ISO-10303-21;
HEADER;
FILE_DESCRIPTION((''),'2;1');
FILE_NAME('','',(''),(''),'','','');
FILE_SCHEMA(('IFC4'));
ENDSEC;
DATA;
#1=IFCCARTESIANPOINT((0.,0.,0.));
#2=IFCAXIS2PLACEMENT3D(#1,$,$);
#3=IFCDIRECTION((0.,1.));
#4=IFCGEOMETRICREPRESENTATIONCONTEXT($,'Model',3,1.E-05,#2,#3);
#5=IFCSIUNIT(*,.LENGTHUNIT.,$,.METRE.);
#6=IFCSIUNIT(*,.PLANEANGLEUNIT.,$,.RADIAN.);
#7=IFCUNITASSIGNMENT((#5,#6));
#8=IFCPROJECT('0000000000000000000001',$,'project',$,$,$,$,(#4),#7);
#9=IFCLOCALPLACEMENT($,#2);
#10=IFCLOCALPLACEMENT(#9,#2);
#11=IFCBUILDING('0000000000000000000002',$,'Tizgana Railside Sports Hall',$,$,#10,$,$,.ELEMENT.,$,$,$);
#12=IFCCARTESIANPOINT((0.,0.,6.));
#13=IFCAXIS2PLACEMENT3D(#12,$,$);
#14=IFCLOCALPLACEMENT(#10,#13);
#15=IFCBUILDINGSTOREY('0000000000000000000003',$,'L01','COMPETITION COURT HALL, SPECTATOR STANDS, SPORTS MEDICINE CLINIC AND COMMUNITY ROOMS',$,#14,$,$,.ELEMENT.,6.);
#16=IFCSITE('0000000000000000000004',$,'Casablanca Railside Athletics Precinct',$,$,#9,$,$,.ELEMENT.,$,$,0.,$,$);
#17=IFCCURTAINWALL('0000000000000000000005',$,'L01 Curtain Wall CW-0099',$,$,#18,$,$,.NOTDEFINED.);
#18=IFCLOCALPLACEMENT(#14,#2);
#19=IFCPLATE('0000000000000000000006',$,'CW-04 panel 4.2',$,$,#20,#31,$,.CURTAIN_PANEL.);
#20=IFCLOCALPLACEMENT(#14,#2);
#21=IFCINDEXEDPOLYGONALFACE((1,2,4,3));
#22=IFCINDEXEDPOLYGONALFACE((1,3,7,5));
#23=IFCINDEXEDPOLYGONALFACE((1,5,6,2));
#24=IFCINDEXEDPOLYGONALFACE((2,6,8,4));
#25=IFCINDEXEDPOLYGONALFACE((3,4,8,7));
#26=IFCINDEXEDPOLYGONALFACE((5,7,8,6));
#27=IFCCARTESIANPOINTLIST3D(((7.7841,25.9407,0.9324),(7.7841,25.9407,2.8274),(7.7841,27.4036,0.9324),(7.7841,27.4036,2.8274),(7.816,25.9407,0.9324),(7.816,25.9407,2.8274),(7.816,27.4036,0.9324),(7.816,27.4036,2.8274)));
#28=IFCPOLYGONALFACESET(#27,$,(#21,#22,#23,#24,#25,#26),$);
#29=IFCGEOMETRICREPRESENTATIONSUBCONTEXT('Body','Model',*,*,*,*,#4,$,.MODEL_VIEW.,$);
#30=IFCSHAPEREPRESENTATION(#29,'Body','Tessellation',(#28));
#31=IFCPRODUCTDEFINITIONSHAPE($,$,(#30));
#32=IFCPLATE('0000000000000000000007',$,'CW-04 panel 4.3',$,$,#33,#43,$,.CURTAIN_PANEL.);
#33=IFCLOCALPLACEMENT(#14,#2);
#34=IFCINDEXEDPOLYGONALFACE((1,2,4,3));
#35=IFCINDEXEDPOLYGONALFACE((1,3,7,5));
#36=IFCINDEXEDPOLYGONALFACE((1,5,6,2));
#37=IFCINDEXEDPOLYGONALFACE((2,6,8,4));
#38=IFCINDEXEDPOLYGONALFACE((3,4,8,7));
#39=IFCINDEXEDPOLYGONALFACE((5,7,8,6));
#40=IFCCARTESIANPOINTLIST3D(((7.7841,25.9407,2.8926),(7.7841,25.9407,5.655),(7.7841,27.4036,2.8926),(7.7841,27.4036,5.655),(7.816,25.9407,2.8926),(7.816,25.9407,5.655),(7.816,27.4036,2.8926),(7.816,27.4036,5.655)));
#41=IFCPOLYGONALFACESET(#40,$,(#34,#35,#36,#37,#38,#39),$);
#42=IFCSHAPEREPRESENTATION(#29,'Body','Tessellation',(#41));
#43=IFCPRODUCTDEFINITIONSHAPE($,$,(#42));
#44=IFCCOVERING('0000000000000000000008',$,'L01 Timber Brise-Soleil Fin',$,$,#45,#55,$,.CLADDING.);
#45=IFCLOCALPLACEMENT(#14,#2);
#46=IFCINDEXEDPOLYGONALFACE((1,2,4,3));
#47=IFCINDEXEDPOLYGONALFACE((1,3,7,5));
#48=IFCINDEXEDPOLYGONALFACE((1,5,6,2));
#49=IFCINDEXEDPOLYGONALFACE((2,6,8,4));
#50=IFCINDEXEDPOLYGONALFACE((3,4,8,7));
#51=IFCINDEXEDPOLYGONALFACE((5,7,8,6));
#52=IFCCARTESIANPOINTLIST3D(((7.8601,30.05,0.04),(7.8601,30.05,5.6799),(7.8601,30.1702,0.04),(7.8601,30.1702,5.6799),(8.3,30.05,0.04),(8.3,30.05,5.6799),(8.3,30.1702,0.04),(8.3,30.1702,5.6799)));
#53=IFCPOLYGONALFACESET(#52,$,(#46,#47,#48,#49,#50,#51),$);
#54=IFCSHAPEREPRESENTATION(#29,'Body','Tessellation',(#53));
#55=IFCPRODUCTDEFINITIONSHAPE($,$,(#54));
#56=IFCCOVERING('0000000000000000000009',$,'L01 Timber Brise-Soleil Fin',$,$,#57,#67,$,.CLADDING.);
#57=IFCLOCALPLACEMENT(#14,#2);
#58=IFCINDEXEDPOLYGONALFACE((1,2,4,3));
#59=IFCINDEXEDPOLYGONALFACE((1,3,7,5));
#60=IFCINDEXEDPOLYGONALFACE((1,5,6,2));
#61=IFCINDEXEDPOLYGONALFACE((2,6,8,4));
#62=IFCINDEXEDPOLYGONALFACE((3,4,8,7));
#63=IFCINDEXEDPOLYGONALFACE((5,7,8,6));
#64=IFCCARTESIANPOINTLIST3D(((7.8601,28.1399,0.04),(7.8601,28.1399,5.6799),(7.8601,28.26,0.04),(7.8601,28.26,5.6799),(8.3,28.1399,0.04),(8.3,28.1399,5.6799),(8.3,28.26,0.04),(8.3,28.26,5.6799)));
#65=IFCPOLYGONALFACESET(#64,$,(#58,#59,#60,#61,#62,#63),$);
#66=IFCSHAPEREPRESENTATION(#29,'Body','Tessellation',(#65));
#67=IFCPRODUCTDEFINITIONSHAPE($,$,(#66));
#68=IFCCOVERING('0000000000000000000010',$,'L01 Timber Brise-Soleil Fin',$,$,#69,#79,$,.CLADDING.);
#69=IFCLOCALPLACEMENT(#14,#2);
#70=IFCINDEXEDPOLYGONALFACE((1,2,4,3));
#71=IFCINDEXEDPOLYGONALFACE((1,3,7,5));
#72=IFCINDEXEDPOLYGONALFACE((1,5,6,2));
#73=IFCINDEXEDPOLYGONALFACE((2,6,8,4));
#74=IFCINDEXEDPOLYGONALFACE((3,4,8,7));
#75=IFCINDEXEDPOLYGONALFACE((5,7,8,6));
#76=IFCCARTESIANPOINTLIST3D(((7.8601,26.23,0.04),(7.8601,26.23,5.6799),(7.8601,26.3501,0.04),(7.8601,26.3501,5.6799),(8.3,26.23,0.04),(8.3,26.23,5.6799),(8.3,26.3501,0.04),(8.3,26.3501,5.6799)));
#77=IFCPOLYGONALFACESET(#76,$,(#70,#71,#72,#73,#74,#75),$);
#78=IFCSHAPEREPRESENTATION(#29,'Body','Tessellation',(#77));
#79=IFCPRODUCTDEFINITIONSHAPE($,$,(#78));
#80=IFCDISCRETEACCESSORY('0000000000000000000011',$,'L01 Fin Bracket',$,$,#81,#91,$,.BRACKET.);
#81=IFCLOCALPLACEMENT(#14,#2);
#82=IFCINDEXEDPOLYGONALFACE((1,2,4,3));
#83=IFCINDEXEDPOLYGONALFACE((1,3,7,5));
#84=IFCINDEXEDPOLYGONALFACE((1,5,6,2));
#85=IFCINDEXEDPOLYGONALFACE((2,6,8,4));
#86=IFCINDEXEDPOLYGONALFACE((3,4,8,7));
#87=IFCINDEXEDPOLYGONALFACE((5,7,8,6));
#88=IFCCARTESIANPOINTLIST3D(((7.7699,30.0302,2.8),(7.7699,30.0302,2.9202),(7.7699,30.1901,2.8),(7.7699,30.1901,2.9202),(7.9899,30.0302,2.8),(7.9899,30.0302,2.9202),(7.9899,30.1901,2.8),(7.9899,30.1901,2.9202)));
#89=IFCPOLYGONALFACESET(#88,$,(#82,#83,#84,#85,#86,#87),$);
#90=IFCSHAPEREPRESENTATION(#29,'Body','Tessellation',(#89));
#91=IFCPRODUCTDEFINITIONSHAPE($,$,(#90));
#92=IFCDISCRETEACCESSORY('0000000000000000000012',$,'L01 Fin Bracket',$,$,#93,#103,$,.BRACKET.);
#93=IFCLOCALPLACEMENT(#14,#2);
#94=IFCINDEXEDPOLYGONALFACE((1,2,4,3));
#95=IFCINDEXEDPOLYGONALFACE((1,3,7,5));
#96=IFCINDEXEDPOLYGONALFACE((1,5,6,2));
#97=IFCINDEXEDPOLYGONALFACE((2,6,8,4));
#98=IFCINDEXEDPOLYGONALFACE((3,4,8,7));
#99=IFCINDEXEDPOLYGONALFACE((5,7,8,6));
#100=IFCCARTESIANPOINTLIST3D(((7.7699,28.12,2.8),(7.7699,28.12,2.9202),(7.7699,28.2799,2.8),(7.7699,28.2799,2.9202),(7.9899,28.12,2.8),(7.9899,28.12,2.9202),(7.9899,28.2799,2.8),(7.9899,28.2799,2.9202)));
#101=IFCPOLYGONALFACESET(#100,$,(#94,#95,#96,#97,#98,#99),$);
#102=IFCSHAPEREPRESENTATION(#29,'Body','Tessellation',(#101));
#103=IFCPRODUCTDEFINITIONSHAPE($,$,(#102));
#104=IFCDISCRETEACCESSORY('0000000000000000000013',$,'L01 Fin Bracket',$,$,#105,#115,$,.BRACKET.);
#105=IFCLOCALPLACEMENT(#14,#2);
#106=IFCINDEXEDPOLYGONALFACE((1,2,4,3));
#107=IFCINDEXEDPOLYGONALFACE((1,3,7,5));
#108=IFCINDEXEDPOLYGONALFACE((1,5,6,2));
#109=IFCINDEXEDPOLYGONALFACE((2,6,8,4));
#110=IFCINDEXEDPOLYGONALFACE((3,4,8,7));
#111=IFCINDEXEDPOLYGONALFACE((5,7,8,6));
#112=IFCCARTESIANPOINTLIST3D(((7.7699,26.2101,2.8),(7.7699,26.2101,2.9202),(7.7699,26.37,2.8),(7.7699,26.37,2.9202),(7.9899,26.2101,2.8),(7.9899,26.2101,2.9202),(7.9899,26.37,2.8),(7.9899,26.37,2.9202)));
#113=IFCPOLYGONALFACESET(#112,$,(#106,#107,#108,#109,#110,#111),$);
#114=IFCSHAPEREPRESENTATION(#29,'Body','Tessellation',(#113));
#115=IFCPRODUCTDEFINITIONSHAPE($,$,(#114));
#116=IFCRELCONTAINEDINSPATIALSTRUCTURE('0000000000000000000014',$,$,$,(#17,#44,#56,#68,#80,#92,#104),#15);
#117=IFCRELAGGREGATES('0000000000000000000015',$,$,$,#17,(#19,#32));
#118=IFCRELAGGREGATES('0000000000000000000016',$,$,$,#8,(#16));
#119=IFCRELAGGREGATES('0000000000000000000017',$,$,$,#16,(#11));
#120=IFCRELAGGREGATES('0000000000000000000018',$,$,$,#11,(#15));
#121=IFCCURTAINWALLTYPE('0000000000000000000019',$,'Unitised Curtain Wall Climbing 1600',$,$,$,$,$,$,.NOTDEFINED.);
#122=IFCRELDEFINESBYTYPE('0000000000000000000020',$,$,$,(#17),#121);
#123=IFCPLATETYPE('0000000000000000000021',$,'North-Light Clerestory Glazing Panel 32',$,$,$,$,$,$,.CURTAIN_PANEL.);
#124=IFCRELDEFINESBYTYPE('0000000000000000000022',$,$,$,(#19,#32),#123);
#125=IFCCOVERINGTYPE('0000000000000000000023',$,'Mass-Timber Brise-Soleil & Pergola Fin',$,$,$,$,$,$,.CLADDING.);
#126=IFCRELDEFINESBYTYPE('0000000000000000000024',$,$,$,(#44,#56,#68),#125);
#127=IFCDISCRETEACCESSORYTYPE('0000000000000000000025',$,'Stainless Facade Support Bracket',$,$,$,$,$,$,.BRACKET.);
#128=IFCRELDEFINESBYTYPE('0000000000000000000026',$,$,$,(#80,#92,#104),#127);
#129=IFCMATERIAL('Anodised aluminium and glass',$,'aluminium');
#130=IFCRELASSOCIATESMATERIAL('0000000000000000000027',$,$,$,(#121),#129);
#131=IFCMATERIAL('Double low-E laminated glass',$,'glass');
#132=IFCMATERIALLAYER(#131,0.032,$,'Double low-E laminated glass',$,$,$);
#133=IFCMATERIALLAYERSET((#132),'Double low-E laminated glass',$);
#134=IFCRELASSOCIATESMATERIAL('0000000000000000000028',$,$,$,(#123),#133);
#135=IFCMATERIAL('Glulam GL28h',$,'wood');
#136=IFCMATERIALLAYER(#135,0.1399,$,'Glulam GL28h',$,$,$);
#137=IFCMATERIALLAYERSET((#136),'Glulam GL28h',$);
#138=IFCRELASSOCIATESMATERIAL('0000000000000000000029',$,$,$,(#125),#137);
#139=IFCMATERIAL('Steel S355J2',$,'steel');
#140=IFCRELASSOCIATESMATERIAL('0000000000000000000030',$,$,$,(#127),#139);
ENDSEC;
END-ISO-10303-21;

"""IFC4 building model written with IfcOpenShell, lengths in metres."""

from ifc_helpers import new_model, si_unit, direction, frame, origin, origin_2d, place, context, subcontext, project, spatial, rectangle, extrude, material, layer, layer_set, type_object, element, aggregate, save


model = new_model("IFC4")

# Units and contexts
model_context = context("Model", 3, precision=1e-05, world=origin(), true_north=direction((0.0, 1.0)))
body_context = subcontext(model_context, "Body", "Model", "MODEL_VIEW")
ifc_project = project(units=[si_unit("LENGTHUNIT", "METRE"), si_unit("PLANEANGLEUNIT", "RADIAN")], contexts=[model_context])

# Site, building, storey
site_placement = place(None, origin())
site = spatial("IfcSite", under=ifc_project, at=site_placement, Name="Casablanca Railside Athletics Precinct", CompositionType="ELEMENT", RefElevation=0.0)
building_placement = place(site_placement, origin())
building = spatial("IfcBuilding", under=site, at=building_placement, Name="Tizgana Railside Sports Hall", CompositionType="ELEMENT")
storey_placement = place(building_placement, frame((0.0, 0.0, 6.0)))
storey = spatial("IfcBuildingStorey", under=building, at=storey_placement, Name="L01", Description="COMPETITION COURT HALL, SPECTATOR STANDS, SPORTS MEDICINE CLINIC AND COMMUNITY ROOMS", CompositionType="ELEMENT", Elevation=6.0)

# Curtain wall
ifc_material_1 = material(Name="Anodised aluminium and glass", Category="aluminium")
curtain_wall_type = type_object("IfcCurtainWallType", Name="Unitised Curtain Wall Climbing 1600", PredefinedType="NOTDEFINED", material=ifc_material_1)
curtain_wall_placement = place(storey_placement, origin())
curtain_wall = element("IfcCurtainWall", 1, at=curtain_wall_placement, inside=storey, type_object=curtain_wall_type, Name="L01 Curtain Wall CW-0099", PredefinedType="NOTDEFINED")

# Shared definitions
ifc_material_2 = material(Name="Steel S355J2", Category="steel")

# Plates
ifc_material_3 = material(Name="Double low-E laminated glass", Category="glass")
ifc_layer_1 = layer(ifc_material_3, 0.032, Name="Double low-E laminated glass")
ifc_layer_set_1 = layer_set([ifc_layer_1], Name="Double low-E laminated glass")
plate_type = type_object("IfcPlateType", Name="North-Light Clerestory Glazing Panel 32", PredefinedType="CURTAIN_PANEL", material=ifc_layer_set_1)
plate_1_placement = place(storey_placement, frame((7.8, 26.6721, 0.9324), z_axis=(0.0, 0.0, 1.0), x_axis=(0.0, -1.0, 0.0)))
plate_1 = element("IfcPlate", 2, at=plate_1_placement, type_object=plate_type, Name="CW-04 panel 4.2", PredefinedType="CURTAIN_PANEL", context=body_context, shape_type="SweptSolid", body=[
    extrude(rectangle(XDim=1.4629, YDim=0.032, at=origin_2d()), origin(), (0.0, 0.0, 1.0), 1.895),
])
plate_2_placement = place(storey_placement, frame((7.8, 26.6721, 2.8926), z_axis=(0.0, 0.0, 1.0), x_axis=(0.0, -1.0, 0.0)))
plate_2 = element("IfcPlate", 3, at=plate_2_placement, type_object=plate_type, Name="CW-04 panel 4.3", PredefinedType="CURTAIN_PANEL", context=body_context, shape_type="SweptSolid", body=[
    extrude(rectangle(XDim=1.4629, YDim=0.032, at=origin_2d()), origin(), (0.0, 0.0, 1.0), 2.7625),
])
aggregate(curtain_wall, [plate_1, plate_2])

# Coverings
ifc_material_4 = material(Name="Glulam GL28h", Category="wood")
ifc_layer_2 = layer(ifc_material_4, 0.1399, Name="Glulam GL28h")
ifc_layer_set_2 = layer_set([ifc_layer_2], Name="Glulam GL28h")
covering_type = type_object("IfcCoveringType", Name="Mass-Timber Brise-Soleil & Pergola Fin", PredefinedType="CLADDING", material=ifc_layer_set_2)
for number, where, z_axis, x_axis, name in (
    (4, (8.0801, 30.1101, 0.04), (0.0, 0.0, 1.0), (0.0, -1.0, 0.0), "L01 Timber Brise-Soleil Fin"),
    (5, (8.0801, 28.2, 0.04), (0.0, 0.0, 1.0), (0.0, -1.0, 0.0), "L01 Timber Brise-Soleil Fin"),
    (6, (8.0801, 26.29, 0.04), (0.0, 0.0, 1.0), (0.0, -1.0, 0.0), "L01 Timber Brise-Soleil Fin"),
):
    element("IfcCovering", number, at=place(storey_placement, frame(where, z_axis=z_axis, x_axis=x_axis)), inside=storey, type_object=covering_type, Name=name, PredefinedType="CLADDING", context=body_context, shape_type="SweptSolid", body=[
        extrude(rectangle(XDim=0.1201, YDim=0.4399, at=origin_2d()), origin(), (0.0, 0.0, 1.0), 5.6399),
    ])

# Discrete accessories
discrete_accessory_type = type_object("IfcDiscreteAccessoryType", Name="Stainless Facade Support Bracket", PredefinedType="BRACKET", material=ifc_material_2)
for number, where, z_axis, x_axis, name in (
    (7, (7.8799, 30.1101, 2.8), (0.0, 0.0, 1.0), (0.0, -1.0, 0.0), "L01 Fin Bracket"),
    (8, (7.8799, 28.2, 2.8), (0.0, 0.0, 1.0), (0.0, -1.0, 0.0), "L01 Fin Bracket"),
    (9, (7.8799, 26.29, 2.8), (0.0, 0.0, 1.0), (0.0, -1.0, 0.0), "L01 Fin Bracket"),
):
    element("IfcDiscreteAccessory", number, at=place(storey_placement, frame(where, z_axis=z_axis, x_axis=x_axis)), inside=storey, type_object=discrete_accessory_type, Name=name, PredefinedType="BRACKET", context=body_context, shape_type="SweptSolid", body=[
        extrude(rectangle(XDim=0.1599, YDim=0.22, at=origin_2d()), origin(), (0.0, 0.0, 1.0), 0.1201),
    ])

save(model, "model.ifc")
